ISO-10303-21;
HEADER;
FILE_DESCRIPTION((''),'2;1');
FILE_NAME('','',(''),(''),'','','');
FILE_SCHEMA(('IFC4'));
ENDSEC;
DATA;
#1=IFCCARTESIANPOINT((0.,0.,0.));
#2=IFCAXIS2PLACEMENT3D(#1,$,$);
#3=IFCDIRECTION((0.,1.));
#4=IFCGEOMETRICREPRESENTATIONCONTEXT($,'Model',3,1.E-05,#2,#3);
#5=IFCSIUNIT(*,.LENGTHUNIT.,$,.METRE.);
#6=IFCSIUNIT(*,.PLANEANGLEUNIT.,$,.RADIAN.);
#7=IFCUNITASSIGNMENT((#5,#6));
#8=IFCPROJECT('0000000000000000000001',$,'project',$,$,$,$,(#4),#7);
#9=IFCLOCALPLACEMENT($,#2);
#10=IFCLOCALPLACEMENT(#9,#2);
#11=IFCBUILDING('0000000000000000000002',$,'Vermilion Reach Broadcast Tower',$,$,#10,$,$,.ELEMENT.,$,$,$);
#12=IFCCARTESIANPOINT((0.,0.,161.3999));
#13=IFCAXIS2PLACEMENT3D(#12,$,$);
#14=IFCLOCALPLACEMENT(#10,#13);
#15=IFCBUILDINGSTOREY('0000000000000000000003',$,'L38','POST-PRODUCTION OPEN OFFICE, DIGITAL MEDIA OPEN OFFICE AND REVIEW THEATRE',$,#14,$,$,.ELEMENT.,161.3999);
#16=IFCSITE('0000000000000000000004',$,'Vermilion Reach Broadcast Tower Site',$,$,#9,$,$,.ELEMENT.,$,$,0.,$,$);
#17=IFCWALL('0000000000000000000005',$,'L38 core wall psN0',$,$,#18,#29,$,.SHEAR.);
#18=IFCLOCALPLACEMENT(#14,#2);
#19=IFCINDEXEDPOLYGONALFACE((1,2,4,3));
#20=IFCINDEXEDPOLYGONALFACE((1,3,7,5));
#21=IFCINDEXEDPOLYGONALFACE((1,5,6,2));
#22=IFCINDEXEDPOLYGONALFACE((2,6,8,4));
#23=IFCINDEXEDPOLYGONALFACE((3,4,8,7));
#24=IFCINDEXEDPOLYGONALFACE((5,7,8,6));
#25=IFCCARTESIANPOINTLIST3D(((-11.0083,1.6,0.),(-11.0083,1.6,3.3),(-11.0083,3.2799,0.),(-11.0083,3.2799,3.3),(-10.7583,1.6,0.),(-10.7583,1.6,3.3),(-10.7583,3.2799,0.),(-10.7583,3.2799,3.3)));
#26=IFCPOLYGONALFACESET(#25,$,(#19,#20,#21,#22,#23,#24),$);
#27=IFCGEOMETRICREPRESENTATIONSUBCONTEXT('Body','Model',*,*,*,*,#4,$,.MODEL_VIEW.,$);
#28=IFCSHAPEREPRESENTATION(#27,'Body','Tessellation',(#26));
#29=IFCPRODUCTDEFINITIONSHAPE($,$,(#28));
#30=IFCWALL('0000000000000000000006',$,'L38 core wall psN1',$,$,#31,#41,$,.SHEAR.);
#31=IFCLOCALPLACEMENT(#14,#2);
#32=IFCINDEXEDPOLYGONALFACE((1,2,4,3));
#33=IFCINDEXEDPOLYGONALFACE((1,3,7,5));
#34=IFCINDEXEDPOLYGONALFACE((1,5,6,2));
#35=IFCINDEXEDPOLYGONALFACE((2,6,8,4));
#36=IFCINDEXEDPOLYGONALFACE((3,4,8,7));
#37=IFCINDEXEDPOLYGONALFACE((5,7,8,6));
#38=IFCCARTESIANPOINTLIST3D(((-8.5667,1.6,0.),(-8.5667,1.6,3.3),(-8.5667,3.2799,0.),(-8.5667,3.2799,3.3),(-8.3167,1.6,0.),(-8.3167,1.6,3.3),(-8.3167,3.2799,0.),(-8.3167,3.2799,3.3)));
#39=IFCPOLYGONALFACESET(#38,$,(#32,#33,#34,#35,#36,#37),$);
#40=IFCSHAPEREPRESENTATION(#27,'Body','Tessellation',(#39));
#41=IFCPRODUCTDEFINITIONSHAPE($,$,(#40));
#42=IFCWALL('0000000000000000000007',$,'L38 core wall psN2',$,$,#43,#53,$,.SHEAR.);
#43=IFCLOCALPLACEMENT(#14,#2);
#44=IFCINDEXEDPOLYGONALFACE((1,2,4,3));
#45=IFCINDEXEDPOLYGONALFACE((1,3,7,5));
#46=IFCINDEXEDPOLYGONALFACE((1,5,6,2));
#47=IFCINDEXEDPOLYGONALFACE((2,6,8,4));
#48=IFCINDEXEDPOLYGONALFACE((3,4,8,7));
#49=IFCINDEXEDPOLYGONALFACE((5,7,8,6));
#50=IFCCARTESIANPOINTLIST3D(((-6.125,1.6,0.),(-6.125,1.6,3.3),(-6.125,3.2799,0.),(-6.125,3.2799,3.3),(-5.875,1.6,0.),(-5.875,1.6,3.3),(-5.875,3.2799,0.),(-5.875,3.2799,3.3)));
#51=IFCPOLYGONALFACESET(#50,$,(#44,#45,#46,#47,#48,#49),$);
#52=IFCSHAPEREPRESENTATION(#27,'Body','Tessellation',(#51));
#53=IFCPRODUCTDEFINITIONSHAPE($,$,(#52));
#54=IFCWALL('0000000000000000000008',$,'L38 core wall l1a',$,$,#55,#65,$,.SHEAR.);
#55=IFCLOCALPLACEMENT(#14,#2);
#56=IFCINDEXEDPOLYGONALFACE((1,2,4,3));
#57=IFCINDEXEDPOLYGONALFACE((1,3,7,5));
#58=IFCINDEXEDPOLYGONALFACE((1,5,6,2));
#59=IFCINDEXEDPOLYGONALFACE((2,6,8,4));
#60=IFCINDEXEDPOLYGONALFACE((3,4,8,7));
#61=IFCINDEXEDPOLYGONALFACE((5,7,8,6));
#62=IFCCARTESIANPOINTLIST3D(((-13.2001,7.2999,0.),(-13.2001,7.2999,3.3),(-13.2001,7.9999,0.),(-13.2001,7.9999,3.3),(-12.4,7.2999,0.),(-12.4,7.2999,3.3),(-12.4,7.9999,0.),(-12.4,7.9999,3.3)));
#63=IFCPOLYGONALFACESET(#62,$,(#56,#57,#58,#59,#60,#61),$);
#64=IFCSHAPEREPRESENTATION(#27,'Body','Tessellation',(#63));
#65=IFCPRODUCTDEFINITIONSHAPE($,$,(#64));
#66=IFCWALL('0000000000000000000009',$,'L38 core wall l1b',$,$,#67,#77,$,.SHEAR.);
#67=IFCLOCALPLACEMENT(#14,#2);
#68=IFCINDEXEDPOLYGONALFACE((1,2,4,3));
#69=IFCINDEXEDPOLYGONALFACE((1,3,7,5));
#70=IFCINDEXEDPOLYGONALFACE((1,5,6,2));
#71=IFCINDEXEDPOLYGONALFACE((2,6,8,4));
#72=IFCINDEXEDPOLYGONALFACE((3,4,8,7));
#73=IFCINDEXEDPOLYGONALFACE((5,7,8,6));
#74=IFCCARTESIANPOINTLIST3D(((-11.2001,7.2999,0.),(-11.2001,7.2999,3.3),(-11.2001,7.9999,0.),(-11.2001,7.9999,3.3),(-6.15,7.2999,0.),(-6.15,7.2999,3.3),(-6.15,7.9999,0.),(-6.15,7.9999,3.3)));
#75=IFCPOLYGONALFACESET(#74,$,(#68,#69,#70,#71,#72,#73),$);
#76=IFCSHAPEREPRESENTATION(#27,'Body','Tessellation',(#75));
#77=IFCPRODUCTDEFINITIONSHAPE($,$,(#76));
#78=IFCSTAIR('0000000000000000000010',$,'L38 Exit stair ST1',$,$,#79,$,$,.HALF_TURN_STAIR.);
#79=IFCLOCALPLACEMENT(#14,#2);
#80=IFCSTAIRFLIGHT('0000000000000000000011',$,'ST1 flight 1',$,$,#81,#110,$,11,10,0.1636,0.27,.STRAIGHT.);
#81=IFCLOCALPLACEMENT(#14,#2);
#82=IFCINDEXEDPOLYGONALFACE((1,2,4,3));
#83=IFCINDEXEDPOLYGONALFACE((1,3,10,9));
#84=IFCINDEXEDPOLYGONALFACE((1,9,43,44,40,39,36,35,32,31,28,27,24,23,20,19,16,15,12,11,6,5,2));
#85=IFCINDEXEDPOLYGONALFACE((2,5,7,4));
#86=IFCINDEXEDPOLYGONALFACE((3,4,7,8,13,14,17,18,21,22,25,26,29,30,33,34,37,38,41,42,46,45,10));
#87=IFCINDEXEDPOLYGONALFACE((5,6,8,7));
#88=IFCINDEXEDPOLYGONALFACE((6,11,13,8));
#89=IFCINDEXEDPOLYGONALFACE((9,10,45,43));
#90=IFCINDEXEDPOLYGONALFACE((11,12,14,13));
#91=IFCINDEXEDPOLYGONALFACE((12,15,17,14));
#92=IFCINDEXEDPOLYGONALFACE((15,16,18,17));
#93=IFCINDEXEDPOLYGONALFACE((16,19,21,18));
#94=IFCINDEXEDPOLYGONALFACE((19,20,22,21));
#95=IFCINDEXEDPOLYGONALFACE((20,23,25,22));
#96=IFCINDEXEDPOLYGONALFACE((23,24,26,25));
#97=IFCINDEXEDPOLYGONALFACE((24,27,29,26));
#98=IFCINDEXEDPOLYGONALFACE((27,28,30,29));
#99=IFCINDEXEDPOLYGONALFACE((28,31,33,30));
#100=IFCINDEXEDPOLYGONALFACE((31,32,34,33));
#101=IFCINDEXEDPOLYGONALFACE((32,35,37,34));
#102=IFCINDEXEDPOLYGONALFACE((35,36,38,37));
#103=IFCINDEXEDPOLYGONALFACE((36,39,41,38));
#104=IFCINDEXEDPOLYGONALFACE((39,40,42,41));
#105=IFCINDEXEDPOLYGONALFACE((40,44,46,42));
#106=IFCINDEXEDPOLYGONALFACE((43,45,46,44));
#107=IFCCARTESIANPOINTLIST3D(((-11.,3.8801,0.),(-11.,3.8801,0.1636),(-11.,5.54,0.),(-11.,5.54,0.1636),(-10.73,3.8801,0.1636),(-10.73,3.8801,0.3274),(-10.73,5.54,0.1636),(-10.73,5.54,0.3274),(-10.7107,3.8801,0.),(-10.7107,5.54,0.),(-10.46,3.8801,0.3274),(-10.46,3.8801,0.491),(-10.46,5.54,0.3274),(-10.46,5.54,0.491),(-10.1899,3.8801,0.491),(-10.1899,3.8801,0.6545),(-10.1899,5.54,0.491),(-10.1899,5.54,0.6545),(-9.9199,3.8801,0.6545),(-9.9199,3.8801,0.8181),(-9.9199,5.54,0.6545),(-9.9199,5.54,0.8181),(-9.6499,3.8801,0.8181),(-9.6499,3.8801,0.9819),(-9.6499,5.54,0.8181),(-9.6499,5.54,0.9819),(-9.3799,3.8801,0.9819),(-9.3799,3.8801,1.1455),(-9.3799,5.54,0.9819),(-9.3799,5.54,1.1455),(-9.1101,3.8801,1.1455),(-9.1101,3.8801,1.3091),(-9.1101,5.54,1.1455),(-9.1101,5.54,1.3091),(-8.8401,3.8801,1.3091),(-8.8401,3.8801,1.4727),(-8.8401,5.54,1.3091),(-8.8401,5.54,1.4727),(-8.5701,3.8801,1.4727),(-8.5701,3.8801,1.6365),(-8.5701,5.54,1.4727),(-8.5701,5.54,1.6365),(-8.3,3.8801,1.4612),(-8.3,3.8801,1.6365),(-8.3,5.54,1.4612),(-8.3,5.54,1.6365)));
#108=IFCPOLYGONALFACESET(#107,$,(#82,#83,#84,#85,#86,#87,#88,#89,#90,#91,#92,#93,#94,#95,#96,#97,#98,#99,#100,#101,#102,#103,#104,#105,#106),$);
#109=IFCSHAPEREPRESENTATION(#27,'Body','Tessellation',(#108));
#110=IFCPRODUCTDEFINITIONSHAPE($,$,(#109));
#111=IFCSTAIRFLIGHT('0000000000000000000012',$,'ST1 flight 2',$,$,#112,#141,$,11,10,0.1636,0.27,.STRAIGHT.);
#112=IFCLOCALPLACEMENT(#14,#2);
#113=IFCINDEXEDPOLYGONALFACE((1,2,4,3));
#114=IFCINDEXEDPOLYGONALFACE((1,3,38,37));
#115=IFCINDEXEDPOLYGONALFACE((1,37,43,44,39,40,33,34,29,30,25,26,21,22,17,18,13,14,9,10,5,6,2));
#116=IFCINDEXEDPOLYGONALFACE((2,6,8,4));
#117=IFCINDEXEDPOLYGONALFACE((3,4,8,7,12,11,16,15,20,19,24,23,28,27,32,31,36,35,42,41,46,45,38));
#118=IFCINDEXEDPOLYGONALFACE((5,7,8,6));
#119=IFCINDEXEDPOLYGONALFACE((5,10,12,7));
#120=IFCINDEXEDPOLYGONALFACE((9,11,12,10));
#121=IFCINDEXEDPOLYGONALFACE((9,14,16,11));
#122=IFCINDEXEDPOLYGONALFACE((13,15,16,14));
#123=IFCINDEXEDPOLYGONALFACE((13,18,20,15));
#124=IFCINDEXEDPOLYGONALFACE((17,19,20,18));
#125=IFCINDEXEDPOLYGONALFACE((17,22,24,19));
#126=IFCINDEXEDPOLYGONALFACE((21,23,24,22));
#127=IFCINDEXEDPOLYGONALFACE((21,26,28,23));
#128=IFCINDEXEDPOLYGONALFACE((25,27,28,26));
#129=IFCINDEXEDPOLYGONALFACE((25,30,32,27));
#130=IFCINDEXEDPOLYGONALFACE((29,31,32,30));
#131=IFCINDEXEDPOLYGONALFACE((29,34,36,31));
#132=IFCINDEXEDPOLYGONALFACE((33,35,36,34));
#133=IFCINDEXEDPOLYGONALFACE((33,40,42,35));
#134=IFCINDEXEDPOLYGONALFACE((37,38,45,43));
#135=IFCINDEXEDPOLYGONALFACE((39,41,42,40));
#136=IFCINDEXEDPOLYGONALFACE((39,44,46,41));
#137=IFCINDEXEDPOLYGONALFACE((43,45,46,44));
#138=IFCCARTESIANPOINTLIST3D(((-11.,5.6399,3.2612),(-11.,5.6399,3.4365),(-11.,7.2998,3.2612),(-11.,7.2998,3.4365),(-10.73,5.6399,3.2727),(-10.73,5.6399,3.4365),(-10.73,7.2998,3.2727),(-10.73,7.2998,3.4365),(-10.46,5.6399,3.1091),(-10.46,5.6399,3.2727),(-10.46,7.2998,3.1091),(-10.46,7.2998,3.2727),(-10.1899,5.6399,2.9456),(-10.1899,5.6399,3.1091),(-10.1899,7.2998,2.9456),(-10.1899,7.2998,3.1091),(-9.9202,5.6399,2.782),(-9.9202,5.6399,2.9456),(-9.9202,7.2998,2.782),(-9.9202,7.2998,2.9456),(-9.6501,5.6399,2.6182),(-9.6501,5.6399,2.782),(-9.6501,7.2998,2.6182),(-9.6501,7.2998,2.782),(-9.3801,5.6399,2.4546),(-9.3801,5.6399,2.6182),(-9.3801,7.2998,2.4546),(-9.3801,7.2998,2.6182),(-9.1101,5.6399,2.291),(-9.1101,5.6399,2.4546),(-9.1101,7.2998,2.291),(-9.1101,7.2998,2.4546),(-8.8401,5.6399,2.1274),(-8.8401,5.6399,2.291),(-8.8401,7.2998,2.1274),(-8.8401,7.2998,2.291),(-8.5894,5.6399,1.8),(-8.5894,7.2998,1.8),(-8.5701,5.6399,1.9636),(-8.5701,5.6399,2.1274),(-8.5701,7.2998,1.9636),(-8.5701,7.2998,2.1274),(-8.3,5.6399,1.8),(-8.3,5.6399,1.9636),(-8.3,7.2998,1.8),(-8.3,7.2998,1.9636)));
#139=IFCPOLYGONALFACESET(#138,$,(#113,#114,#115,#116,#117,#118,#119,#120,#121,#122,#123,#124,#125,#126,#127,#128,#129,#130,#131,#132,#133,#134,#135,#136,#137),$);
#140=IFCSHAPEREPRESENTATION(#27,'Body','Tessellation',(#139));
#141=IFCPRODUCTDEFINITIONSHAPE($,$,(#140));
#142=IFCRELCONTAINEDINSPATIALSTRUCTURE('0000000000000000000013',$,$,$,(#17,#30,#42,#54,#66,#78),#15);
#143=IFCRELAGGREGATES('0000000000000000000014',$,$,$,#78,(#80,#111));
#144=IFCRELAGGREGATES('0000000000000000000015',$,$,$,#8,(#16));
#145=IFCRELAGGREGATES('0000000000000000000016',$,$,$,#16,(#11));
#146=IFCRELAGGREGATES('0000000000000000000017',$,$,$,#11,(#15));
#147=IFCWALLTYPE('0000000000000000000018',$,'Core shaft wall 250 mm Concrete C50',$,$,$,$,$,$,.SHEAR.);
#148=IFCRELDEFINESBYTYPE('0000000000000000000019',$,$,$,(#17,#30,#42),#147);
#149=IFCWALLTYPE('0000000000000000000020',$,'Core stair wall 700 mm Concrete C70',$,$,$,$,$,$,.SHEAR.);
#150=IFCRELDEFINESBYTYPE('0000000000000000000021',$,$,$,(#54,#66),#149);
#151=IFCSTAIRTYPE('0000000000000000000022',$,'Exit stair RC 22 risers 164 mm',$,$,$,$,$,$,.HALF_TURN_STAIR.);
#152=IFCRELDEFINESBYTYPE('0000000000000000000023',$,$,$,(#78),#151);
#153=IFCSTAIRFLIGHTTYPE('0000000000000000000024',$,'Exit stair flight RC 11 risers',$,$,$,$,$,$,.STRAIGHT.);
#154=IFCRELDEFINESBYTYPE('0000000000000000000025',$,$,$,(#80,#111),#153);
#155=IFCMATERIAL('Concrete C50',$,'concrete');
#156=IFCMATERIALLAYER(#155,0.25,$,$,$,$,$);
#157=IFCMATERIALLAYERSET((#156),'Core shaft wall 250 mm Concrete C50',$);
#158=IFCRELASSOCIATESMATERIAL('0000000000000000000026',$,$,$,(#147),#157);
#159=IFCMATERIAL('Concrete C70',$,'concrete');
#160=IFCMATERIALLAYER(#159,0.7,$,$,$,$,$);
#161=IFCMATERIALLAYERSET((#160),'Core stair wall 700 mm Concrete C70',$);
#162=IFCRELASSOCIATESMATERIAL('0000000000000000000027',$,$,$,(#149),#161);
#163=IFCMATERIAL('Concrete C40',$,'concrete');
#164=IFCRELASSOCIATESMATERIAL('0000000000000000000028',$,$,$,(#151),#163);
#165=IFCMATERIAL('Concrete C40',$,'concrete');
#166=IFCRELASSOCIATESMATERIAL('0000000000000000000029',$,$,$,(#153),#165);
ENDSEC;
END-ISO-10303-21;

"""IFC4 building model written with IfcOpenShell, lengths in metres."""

from ifc_helpers import new_model, si_unit, direction, frame, frame_2d, origin, place, context, subcontext, project, spatial, polyline, rectangle, outline, extrude, material, layer, layer_set, type_object, element, aggregate, save


model = new_model("IFC4")

# Units and contexts
model_context = context("Model", 3, precision=1e-05, world=origin(), true_north=direction((0.0, 1.0)))
body_context = subcontext(model_context, "Body", "Model", "MODEL_VIEW")
ifc_project = project(units=[si_unit("LENGTHUNIT", "METRE"), si_unit("PLANEANGLEUNIT", "RADIAN")], contexts=[model_context])

# Site, building, storey
site_placement = place(None, origin())
site = spatial("IfcSite", under=ifc_project, at=site_placement, Name="Vermilion Reach Broadcast Tower Site", CompositionType="ELEMENT", RefElevation=0.0)
building_placement = place(site_placement, origin())
building = spatial("IfcBuilding", under=site, at=building_placement, Name="Vermilion Reach Broadcast Tower", CompositionType="ELEMENT")
storey_placement = place(building_placement, frame((0.0, 0.0, 161.3999)))
storey = spatial("IfcBuildingStorey", under=building, at=storey_placement, Name="L38", Description="POST-PRODUCTION OPEN OFFICE, DIGITAL MEDIA OPEN OFFICE AND REVIEW THEATRE", CompositionType="ELEMENT", Elevation=161.3999)

# Walls
ifc_material_1 = material(Name="Concrete C50", Category="concrete")
ifc_layer_1 = layer(ifc_material_1, 0.25)
ifc_layer_set_1 = layer_set([ifc_layer_1], Name="Core shaft wall 250 mm Concrete C50")
wall_type_1 = type_object("IfcWallType", Name="Core shaft wall 250 mm Concrete C50", PredefinedType="SHEAR", material=ifc_layer_set_1)
for number, where, z_axis, x_axis, name in (
    (1, (-10.8833, 1.6001, 0.0), (0.0, 0.0, 1.0), (0.0, 1.0, 0.0), "L38 core wall psN0"),
    (2, (-8.4417, 1.6001, 0.0), (0.0, 0.0, 1.0), (0.0, 1.0, 0.0), "L38 core wall psN1"),
    (3, (-6.0, 1.6001, 0.0), (0.0, 0.0, 1.0), (0.0, 1.0, 0.0), "L38 core wall psN2"),
):
    element("IfcWall", number, at=place(storey_placement, frame(where, z_axis=z_axis, x_axis=x_axis)), inside=storey, type_object=wall_type_1, Name=name, PredefinedType="SHEAR", context=body_context, shape_type="SweptSolid", body=[
        extrude(rectangle(XDim=1.6799, YDim=0.25, at=frame_2d((0.8398, 0.0))), origin(), (0.0, 0.0, 1.0), 3.3),
    ])
ifc_material_2 = material(Name="Concrete C70", Category="concrete")
ifc_layer_2 = layer(ifc_material_2, 0.7)
ifc_layer_set_2 = layer_set([ifc_layer_2], Name="Core stair wall 700 mm Concrete C70")
wall_type_2 = type_object("IfcWallType", Name="Core stair wall 700 mm Concrete C70", PredefinedType="SHEAR", material=ifc_layer_set_2)
wall_1_placement = place(storey_placement, frame((-13.2, 7.6499, 0.0), z_axis=(0.0, 0.0, 1.0), x_axis=(1.0, 0.0, 0.0)))
element("IfcWall", 4, at=wall_1_placement, inside=storey, type_object=wall_type_2, Name="L38 core wall l1a", PredefinedType="SHEAR", context=body_context, shape_type="SweptSolid", body=[
    extrude(rectangle(XDim=0.8, YDim=0.7, at=frame_2d((0.3999, 0.0))), origin(), (0.0, 0.0, 1.0), 3.3),
])
wall_2_placement = place(storey_placement, frame((-11.2, 7.6499, 0.0), z_axis=(0.0, 0.0, 1.0), x_axis=(1.0, 0.0, 0.0)))
element("IfcWall", 5, at=wall_2_placement, inside=storey, type_object=wall_type_2, Name="L38 core wall l1b", PredefinedType="SHEAR", context=body_context, shape_type="SweptSolid", body=[
    extrude(rectangle(XDim=5.05, YDim=0.7, at=frame_2d((2.5249, 0.0))), origin(), (0.0, 0.0, 1.0), 3.3),
])

# Stair, stair flights
ifc_material_3 = material(Name="Concrete C40", Category="concrete")
stair_type = type_object("IfcStairType", Name="Exit stair RC 22 risers 164 mm", PredefinedType="HALF_TURN_STAIR", material=ifc_material_3)
stair_placement = place(storey_placement, origin())
stair = element("IfcStair", 6, at=stair_placement, inside=storey, type_object=stair_type, Name="L38 Exit stair ST1", PredefinedType="HALF_TURN_STAIR")
ifc_material_4 = material(Name="Concrete C40", Category="concrete")
stair_flight_type = type_object("IfcStairFlightType", Name="Exit stair flight RC 11 risers", PredefinedType="STRAIGHT", material=ifc_material_4)
stair_flight_1_placement = place(storey_placement, frame((-11.0, 4.71, 0.0), z_axis=(0.0, 0.0, 1.0), x_axis=(1.0, 0.0, 0.0)))
stair_flight_1 = element("IfcStairFlight", 7, at=stair_flight_1_placement, type_object=stair_flight_type, Name="ST1 flight 1", NumberOfRisers=11, NumberOfTreads=10, PredefinedType="STRAIGHT", RiserHeight=0.1636, TreadLength=0.27, context=body_context, shape_type="SweptSolid", body=[
    extrude(outline(polyline([(0.0, 0.0), (0.0, 0.1636), (0.27, 0.1636), (0.27, 0.3274), (0.54, 0.3274), (0.54, 0.491), (0.8101, 0.491), (0.8101, 0.6545), (1.0801, 0.6545), (1.0801, 0.8181), (1.3501, 0.8181), (1.3501, 0.9819), (1.6201, 0.9819), (1.6201, 1.1455), (1.8899, 1.1455), (1.8899, 1.3091), (2.1599, 1.3091), (2.1599, 1.4727), (2.4299, 1.4727), (2.4299, 1.6365), (2.7, 1.6365), (2.7, 1.8), (2.7, 1.4612), (0.2893, 0.0), (0.0, 0.0)])), frame((0.0, 0.8301, 0.0), z_axis=(0.0, -1.0, 0.0), x_axis=(1.0, 0.0, 0.0)), (0.0, 0.0, 1.0), 1.6599),
])
stair_flight_2_placement = place(storey_placement, frame((-8.3, 6.47, 1.8), z_axis=(0.0, 0.0, 1.0), x_axis=(-1.0, 0.0, 0.0)))
stair_flight_2 = element("IfcStairFlight", 8, at=stair_flight_2_placement, type_object=stair_flight_type, Name="ST1 flight 2", NumberOfRisers=11, NumberOfTreads=10, PredefinedType="STRAIGHT", RiserHeight=0.1636, TreadLength=0.27, context=body_context, shape_type="SweptSolid", body=[
    extrude(outline(polyline([(0.0, 0.0), (0.0, 0.1636), (0.27, 0.1636), (0.27, 0.3274), (0.54, 0.3274), (0.54, 0.491), (0.8101, 0.491), (0.8101, 0.6545), (1.0801, 0.6545), (1.0801, 0.8181), (1.3501, 0.8181), (1.3501, 0.9819), (1.6201, 0.9819), (1.6201, 1.1455), (1.8899, 1.1455), (1.8899, 1.3091), (2.1599, 1.3091), (2.1599, 1.4727), (2.4299, 1.4727), (2.4299, 1.6365), (2.7, 1.6365), (2.7, 1.8), (2.7, 1.4612), (0.2893, 0.0), (0.0, 0.0)])), frame((0.0, 0.8301, 0.0), z_axis=(0.0, -1.0, 0.0), x_axis=(1.0, 0.0, 0.0)), (0.0, 0.0, 1.0), 1.6599),
])
aggregate(stair, [stair_flight_1, stair_flight_2])

save(model, "model.ifc")
